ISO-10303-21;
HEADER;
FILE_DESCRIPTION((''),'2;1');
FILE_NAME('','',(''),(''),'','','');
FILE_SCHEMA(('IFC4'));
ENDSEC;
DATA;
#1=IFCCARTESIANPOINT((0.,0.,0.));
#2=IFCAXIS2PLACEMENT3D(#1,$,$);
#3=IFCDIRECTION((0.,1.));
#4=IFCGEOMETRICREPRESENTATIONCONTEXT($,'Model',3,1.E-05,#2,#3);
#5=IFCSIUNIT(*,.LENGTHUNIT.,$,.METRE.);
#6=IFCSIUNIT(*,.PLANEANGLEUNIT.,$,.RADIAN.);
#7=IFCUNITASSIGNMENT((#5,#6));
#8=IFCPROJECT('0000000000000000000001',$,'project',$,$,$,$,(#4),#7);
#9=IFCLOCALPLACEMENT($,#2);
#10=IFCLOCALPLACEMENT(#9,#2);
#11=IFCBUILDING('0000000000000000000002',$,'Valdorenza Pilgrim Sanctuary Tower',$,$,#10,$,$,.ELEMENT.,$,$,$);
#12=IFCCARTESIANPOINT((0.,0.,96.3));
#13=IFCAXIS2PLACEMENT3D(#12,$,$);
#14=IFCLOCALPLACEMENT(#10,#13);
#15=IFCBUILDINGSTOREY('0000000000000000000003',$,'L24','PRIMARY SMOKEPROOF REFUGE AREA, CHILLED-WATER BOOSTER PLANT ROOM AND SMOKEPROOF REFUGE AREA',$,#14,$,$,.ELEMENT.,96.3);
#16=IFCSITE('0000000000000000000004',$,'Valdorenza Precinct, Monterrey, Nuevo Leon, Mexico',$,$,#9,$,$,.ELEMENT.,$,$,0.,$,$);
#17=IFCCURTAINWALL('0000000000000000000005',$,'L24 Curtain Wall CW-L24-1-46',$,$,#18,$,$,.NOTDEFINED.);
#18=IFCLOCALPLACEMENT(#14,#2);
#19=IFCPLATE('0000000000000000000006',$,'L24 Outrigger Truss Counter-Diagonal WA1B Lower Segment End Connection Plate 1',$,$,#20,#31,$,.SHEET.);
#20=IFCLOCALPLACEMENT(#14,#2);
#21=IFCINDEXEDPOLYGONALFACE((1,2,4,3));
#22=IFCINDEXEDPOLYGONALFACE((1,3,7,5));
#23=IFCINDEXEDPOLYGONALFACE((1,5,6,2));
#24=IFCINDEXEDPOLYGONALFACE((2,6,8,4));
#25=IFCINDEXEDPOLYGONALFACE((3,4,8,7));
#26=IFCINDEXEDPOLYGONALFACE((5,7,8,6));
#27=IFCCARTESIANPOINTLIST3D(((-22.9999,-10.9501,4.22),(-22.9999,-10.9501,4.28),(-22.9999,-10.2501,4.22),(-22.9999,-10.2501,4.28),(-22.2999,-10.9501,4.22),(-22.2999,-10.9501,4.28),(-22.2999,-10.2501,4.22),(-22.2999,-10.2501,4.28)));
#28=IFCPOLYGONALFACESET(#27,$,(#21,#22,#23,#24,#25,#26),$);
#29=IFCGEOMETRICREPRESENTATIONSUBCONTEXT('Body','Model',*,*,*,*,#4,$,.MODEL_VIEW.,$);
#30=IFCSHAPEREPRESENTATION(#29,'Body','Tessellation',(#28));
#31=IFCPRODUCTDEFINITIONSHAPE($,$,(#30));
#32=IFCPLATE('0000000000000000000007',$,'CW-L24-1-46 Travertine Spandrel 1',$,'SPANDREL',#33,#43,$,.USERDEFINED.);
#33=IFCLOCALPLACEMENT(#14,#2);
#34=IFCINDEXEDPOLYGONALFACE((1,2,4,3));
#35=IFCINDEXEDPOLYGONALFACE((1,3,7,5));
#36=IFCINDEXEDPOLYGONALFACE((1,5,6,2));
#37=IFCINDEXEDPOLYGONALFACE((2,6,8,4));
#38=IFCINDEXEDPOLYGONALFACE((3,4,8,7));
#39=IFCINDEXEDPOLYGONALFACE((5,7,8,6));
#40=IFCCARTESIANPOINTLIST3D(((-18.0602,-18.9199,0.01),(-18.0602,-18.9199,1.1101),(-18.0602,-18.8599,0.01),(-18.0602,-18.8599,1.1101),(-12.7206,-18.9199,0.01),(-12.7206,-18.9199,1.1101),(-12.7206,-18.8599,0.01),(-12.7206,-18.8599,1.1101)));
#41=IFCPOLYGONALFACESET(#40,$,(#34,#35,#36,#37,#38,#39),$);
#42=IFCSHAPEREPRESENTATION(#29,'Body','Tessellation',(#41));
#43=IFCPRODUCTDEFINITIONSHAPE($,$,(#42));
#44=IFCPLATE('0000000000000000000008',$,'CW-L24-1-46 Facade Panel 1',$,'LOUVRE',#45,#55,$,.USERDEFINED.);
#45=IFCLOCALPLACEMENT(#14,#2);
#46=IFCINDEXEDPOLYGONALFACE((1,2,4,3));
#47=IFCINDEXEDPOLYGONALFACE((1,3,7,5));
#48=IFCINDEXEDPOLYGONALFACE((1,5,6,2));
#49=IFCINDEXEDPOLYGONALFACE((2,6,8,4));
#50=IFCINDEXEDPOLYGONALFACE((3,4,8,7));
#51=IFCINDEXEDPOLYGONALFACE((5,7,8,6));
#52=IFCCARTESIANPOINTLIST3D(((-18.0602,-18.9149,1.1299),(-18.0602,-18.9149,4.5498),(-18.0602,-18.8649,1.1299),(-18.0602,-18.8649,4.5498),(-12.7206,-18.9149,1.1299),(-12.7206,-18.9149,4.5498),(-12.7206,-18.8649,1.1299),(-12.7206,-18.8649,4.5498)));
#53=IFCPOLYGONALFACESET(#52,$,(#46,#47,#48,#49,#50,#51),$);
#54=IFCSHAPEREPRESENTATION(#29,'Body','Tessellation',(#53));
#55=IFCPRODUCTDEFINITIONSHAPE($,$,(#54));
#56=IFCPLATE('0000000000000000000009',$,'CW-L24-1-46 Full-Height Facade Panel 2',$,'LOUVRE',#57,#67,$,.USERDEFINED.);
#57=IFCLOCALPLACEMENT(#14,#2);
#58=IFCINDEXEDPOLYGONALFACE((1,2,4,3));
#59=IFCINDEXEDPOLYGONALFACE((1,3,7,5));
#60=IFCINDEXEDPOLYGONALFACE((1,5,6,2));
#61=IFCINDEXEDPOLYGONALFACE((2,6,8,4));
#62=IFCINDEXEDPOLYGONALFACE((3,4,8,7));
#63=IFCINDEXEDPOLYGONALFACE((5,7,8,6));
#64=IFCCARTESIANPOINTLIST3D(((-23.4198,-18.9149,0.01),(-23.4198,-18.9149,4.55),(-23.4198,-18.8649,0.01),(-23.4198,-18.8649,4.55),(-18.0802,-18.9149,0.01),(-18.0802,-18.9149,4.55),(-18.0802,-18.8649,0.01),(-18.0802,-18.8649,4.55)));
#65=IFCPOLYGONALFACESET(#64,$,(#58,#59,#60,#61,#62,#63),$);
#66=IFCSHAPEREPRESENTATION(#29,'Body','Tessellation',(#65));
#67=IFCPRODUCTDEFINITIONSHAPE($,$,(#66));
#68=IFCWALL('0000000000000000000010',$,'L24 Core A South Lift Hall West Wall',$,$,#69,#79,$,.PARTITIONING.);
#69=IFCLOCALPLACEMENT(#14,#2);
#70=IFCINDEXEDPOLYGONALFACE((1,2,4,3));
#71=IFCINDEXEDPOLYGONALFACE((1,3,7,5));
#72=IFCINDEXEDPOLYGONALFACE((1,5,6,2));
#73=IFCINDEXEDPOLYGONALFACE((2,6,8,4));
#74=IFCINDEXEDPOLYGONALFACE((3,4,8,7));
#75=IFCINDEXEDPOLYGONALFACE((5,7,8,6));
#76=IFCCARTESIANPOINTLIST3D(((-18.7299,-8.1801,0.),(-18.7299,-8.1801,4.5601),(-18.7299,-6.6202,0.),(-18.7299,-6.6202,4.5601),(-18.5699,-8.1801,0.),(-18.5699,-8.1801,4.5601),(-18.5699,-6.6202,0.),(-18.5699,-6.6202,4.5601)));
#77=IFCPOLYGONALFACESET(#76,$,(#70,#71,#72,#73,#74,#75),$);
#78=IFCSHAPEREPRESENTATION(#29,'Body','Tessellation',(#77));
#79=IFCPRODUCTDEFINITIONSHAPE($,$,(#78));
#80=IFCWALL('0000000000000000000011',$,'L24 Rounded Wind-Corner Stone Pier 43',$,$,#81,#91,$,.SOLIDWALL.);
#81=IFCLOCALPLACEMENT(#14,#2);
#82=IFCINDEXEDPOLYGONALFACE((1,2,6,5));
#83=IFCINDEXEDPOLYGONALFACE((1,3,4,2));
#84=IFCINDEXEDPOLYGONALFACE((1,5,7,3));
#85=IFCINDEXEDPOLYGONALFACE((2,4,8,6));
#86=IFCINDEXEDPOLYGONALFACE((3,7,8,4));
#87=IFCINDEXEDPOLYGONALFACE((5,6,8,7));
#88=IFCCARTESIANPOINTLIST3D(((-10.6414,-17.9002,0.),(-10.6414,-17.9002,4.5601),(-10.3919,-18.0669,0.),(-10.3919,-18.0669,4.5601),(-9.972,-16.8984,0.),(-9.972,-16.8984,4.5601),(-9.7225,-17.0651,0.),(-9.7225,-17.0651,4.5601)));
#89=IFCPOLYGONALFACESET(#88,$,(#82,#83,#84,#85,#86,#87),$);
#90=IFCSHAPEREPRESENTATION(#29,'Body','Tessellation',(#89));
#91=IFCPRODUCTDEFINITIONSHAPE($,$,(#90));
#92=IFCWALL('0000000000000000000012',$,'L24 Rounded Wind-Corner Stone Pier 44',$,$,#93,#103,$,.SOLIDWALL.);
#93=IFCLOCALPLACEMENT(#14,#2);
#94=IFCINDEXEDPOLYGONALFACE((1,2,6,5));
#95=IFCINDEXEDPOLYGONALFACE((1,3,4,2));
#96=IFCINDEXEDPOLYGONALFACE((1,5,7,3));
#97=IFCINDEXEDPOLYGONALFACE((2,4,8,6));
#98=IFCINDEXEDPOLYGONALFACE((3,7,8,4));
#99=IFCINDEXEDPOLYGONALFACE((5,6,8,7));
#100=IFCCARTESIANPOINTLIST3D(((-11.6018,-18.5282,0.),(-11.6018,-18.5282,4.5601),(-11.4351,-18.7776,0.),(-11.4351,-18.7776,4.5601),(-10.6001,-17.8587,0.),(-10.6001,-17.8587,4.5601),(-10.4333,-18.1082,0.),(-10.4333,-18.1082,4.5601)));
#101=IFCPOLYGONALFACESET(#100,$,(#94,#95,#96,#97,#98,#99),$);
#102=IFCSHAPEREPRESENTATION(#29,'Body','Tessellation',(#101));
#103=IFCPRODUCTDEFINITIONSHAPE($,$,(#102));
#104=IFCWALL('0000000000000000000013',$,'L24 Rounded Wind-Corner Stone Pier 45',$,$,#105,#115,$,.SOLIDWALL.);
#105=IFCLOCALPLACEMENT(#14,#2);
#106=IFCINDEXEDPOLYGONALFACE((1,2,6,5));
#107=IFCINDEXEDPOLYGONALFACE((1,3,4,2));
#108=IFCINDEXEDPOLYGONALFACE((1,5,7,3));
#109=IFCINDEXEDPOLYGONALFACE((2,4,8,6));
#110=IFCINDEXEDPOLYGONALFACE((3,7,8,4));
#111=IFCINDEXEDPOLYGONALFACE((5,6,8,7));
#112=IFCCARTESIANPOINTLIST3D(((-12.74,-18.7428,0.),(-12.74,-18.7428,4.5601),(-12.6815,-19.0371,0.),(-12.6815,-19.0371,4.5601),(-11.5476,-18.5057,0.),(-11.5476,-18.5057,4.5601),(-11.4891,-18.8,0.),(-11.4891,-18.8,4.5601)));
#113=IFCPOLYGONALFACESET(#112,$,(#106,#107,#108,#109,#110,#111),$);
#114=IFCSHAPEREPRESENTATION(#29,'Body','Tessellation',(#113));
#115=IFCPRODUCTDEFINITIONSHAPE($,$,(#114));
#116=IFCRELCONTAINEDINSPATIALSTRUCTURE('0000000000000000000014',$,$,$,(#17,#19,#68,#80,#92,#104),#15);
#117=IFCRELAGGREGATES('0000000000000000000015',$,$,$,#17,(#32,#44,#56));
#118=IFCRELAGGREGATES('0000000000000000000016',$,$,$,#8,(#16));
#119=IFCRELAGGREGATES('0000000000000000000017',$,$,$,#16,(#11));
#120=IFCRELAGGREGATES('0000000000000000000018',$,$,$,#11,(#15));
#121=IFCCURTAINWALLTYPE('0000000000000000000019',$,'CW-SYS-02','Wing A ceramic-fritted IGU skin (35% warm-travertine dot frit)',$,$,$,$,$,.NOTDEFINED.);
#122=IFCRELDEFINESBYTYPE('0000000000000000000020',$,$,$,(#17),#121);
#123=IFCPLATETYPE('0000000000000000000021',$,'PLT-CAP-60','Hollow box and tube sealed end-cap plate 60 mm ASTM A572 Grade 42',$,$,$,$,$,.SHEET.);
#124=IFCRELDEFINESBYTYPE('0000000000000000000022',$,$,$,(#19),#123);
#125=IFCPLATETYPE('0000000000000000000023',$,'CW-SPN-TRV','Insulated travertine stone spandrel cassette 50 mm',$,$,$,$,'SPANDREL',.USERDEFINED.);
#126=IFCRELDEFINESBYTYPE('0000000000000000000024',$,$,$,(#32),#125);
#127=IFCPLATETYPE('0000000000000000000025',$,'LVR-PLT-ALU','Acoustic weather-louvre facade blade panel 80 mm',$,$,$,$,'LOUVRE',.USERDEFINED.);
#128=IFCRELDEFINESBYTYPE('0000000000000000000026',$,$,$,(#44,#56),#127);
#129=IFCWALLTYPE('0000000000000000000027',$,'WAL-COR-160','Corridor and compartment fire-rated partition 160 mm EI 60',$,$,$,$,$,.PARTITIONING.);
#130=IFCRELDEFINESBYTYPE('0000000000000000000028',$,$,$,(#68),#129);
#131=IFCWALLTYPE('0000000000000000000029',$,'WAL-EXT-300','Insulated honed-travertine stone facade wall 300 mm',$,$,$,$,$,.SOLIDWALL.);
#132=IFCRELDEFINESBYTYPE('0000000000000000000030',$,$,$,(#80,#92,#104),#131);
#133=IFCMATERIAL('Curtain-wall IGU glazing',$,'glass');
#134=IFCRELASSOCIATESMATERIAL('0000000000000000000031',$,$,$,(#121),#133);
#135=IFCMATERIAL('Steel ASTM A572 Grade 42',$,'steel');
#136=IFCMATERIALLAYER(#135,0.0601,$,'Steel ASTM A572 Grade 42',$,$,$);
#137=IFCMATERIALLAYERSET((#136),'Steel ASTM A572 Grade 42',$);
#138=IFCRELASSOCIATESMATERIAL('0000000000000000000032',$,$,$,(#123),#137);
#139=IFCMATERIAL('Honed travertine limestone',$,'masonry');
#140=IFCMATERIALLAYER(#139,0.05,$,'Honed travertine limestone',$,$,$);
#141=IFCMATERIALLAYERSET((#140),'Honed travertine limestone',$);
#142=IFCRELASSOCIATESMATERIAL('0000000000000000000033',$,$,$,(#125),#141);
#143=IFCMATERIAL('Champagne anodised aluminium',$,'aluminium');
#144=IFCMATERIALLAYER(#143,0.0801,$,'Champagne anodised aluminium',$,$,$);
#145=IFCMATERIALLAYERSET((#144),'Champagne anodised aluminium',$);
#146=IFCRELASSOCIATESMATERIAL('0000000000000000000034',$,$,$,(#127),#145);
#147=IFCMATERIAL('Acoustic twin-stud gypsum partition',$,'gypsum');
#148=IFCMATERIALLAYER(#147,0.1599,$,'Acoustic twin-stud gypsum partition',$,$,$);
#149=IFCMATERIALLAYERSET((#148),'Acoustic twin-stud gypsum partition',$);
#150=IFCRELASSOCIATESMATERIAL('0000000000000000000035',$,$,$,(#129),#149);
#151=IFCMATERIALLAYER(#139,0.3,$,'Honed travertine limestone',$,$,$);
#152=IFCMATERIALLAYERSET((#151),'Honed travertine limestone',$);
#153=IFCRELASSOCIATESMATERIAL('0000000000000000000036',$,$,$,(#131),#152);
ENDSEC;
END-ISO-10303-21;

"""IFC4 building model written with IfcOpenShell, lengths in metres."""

from ifc_helpers import new_model, si_unit, direction, frame, frame_2d, origin, origin_2d, place, context, subcontext, project, spatial, rectangle, extrude, source, transform, mapped, material, layer, layer_set, type_object, element, aggregate, save


model = new_model("IFC4")

# Units and contexts
model_context = context("Model", 3, precision=1e-05, world=origin(), true_north=direction((0.0, 1.0)))
body_context = subcontext(model_context, "Body", "Model", "MODEL_VIEW")
ifc_project = project(units=[si_unit("LENGTHUNIT", "METRE"), si_unit("PLANEANGLEUNIT", "RADIAN")], contexts=[model_context])

# Site, building, storey
site_placement = place(None, origin())
site = spatial("IfcSite", under=ifc_project, at=site_placement, Name="Valdorenza Precinct, Monterrey, Nuevo Leon, Mexico", CompositionType="ELEMENT", RefElevation=0.0)
building_placement = place(site_placement, origin())
building = spatial("IfcBuilding", under=site, at=building_placement, Name="Valdorenza Pilgrim Sanctuary Tower", CompositionType="ELEMENT")
storey_placement = place(building_placement, frame((0.0, 0.0, 96.3)))
storey = spatial("IfcBuildingStorey", under=building, at=storey_placement, Name="L24", Description="PRIMARY SMOKEPROOF REFUGE AREA, CHILLED-WATER BOOSTER PLANT ROOM AND SMOKEPROOF REFUGE AREA", CompositionType="ELEMENT", Elevation=96.3)

# Curtain wall
ifc_material_1 = material(Name="Curtain-wall IGU glazing", Category="glass")
curtain_wall_type = type_object("IfcCurtainWallType", Name="CW-SYS-02", Description="Wing A ceramic-fritted IGU skin (35% warm-travertine dot frit)", PredefinedType="NOTDEFINED", material=ifc_material_1)
curtain_wall_placement = place(storey_placement, origin())
curtain_wall = element("IfcCurtainWall", 1, at=curtain_wall_placement, inside=storey, type_object=curtain_wall_type, Name="L24 Curtain Wall CW-L24-1-46", PredefinedType="NOTDEFINED")

# Plates
ifc_material_2 = material(Name="Steel ASTM A572 Grade 42", Category="steel")
ifc_layer_1 = layer(ifc_material_2, 0.0601, Name="Steel ASTM A572 Grade 42")
ifc_layer_set_1 = layer_set([ifc_layer_1], Name="Steel ASTM A572 Grade 42")
plate_type_1 = type_object("IfcPlateType", Name="PLT-CAP-60", Description="Hollow box and tube sealed end-cap plate 60 mm ASTM A572 Grade 42", PredefinedType="SHEET", material=ifc_layer_set_1)
shared_shape_1 = source(origin(), body_context, "Body", "SweptSolid", [
    extrude(rectangle(XDim=0.7, YDim=0.7, at=origin_2d()), origin(), (0.0, 0.0, 1.0), 0.0601),
])
plate_1_placement = place(storey_placement, frame((-22.6499, -10.6001, 4.22), z_axis=(0.0, 0.0, 1.0), x_axis=(1.0, 0.0, 0.0)))
element("IfcPlate", 2, at=plate_1_placement, inside=storey, type_object=plate_type_1, Name="L24 Outrigger Truss Counter-Diagonal WA1B Lower Segment End Connection Plate 1", PredefinedType="SHEET", context=body_context, shape_type="MappedRepresentation", body=[
    mapped(shared_shape_1, transform((0.0, 0.0, 0.0), x_axis=(1.0, 0.0, 0.0), y_axis=(0.0, 1.0, 0.0), z_axis=(0.0, 0.0, 1.0), scale=1.0)),
])
ifc_material_3 = material(Name="Honed travertine limestone", Category="masonry")
ifc_layer_2 = layer(ifc_material_3, 0.05, Name="Honed travertine limestone")
ifc_layer_set_2 = layer_set([ifc_layer_2], Name="Honed travertine limestone")
plate_type_2 = type_object("IfcPlateType", Name="CW-SPN-TRV", Description="Insulated travertine stone spandrel cassette 50 mm", ElementType="SPANDREL", PredefinedType="USERDEFINED", material=ifc_layer_set_2)
shared_shape_2 = source(origin(), body_context, "Body", "SweptSolid", [
    extrude(rectangle(XDim=5.3396, YDim=0.0601, at=origin_2d()), origin(), (0.0, 0.0, 1.0), 1.1001),
])
plate_2_placement = place(storey_placement, frame((-15.3904, -18.8899, 0.01), z_axis=(0.0, 0.0, 1.0), x_axis=(-1.0, 0.0, 0.0)))
plate_2 = element("IfcPlate", 3, at=plate_2_placement, type_object=plate_type_2, Name="CW-L24-1-46 Travertine Spandrel 1", ObjectType="SPANDREL", PredefinedType="USERDEFINED", context=body_context, shape_type="MappedRepresentation", body=[
    mapped(shared_shape_2, transform((0.0, 0.0, 0.0), x_axis=(1.0, 0.0, 0.0), y_axis=(0.0, 1.0, 0.0), z_axis=(0.0, 0.0, 1.0), scale=1.0)),
])
ifc_material_4 = material(Name="Champagne anodised aluminium", Category="aluminium")
ifc_layer_3 = layer(ifc_material_4, 0.0801, Name="Champagne anodised aluminium")
ifc_layer_set_3 = layer_set([ifc_layer_3], Name="Champagne anodised aluminium")
plate_type_3 = type_object("IfcPlateType", Name="LVR-PLT-ALU", Description="Acoustic weather-louvre facade blade panel 80 mm", ElementType="LOUVRE", PredefinedType="USERDEFINED", material=ifc_layer_set_3)
shared_shape_3 = source(origin(), body_context, "Body", "SweptSolid", [
    extrude(rectangle(XDim=5.3396, YDim=0.05, at=origin_2d()), origin(), (0.0, 0.0, 1.0), 3.4199),
])
plate_3_placement = place(storey_placement, frame((-15.3904, -18.8899, 1.1299), z_axis=(0.0, 0.0, 1.0), x_axis=(-1.0, 0.0, 0.0)))
plate_3 = element("IfcPlate", 4, at=plate_3_placement, type_object=plate_type_3, Name="CW-L24-1-46 Facade Panel 1", ObjectType="LOUVRE", PredefinedType="USERDEFINED", context=body_context, shape_type="MappedRepresentation", body=[
    mapped(shared_shape_3, transform((0.0, 0.0, 0.0), x_axis=(1.0, 0.0, 0.0), y_axis=(0.0, 1.0, 0.0), z_axis=(0.0, 0.0, 1.0), scale=1.0)),
])
shared_shape_4 = source(origin(), body_context, "Body", "SweptSolid", [
    extrude(rectangle(XDim=5.3396, YDim=0.05, at=origin_2d()), origin(), (0.0, 0.0, 1.0), 4.54),
])
plate_4_placement = place(storey_placement, frame((-20.75, -18.8899, 0.01), z_axis=(0.0, 0.0, 1.0), x_axis=(-1.0, 0.0, 0.0)))
plate_4 = element("IfcPlate", 5, at=plate_4_placement, type_object=plate_type_3, Name="CW-L24-1-46 Full-Height Facade Panel 2", ObjectType="LOUVRE", PredefinedType="USERDEFINED", context=body_context, shape_type="MappedRepresentation", body=[
    mapped(shared_shape_4, transform((0.0, 0.0, 0.0), x_axis=(1.0, 0.0, 0.0), y_axis=(0.0, 1.0, 0.0), z_axis=(0.0, 0.0, 1.0), scale=1.0)),
])
aggregate(curtain_wall, [plate_2, plate_3, plate_4])

# Walls
ifc_material_5 = material(Name="Acoustic twin-stud gypsum partition", Category="gypsum")
ifc_layer_4 = layer(ifc_material_5, 0.1599, Name="Acoustic twin-stud gypsum partition")
ifc_layer_set_4 = layer_set([ifc_layer_4], Name="Acoustic twin-stud gypsum partition")
wall_type_1 = type_object("IfcWallType", Name="WAL-COR-160", Description="Corridor and compartment fire-rated partition 160 mm EI 60", PredefinedType="PARTITIONING", material=ifc_layer_set_4)
wall_1_placement = place(storey_placement, frame((-18.6499, -8.1799, 0.0), z_axis=(0.0, 0.0, 1.0), x_axis=(0.0, 1.0, 0.0)))
element("IfcWall", 6, at=wall_1_placement, inside=storey, type_object=wall_type_1, Name="L24 Core A South Lift Hall West Wall", PredefinedType="PARTITIONING", context=body_context, shape_type="SweptSolid", body=[
    extrude(rectangle(XDim=1.5598, YDim=0.1599, at=frame_2d((0.7798, 0.0))), origin(), (0.0, 0.0, 1.0), 4.5601),
])
ifc_layer_5 = layer(ifc_material_3, 0.3, Name="Honed travertine limestone")
ifc_layer_set_5 = layer_set([ifc_layer_5], Name="Honed travertine limestone")
wall_type_2 = type_object("IfcWallType", Name="WAL-EXT-300", Description="Insulated honed-travertine stone facade wall 300 mm", PredefinedType="SOLIDWALL", material=ifc_layer_set_5)
for number, where, z_axis, x_axis, name in (
    (7, (-9.8472, -16.9817, 0.0), (0.0, 0.0, 1.0), (-0.555635, -0.831426, 0.0), "L24 Rounded Wind-Corner Stone Pier 43"),
    (8, (-10.5166, -17.9834, 0.0), (0.0, 0.0, 1.0), (-0.831426, -0.555635, 0.0), "L24 Rounded Wind-Corner Stone Pier 44"),
):
    element("IfcWall", number, at=place(storey_placement, frame(where, z_axis=z_axis, x_axis=x_axis)), inside=storey, type_object=wall_type_2, Name=name, PredefinedType="SOLIDWALL", context=body_context, shape_type="SweptSolid", body=[
        extrude(rectangle(XDim=1.2048, YDim=0.3, at=frame_2d((0.6025, 0.0))), origin(), (0.0, 0.0, 1.0), 4.5601),
    ])
wall_2_placement = place(storey_placement, frame((-11.5183, -18.6528, 0.0), z_axis=(0.0, 0.0, 1.0), x_axis=(-0.980804, -0.194996, 0.0)))
element("IfcWall", 9, at=wall_2_placement, inside=storey, type_object=wall_type_2, Name="L24 Rounded Wind-Corner Stone Pier 45", PredefinedType="SOLIDWALL", context=body_context, shape_type="SweptSolid", body=[
    extrude(rectangle(XDim=1.2158, YDim=0.3, at=frame_2d((0.6079, 0.0))), origin(), (0.0, 0.0, 1.0), 4.5601),
])

save(model, "model.ifc")
